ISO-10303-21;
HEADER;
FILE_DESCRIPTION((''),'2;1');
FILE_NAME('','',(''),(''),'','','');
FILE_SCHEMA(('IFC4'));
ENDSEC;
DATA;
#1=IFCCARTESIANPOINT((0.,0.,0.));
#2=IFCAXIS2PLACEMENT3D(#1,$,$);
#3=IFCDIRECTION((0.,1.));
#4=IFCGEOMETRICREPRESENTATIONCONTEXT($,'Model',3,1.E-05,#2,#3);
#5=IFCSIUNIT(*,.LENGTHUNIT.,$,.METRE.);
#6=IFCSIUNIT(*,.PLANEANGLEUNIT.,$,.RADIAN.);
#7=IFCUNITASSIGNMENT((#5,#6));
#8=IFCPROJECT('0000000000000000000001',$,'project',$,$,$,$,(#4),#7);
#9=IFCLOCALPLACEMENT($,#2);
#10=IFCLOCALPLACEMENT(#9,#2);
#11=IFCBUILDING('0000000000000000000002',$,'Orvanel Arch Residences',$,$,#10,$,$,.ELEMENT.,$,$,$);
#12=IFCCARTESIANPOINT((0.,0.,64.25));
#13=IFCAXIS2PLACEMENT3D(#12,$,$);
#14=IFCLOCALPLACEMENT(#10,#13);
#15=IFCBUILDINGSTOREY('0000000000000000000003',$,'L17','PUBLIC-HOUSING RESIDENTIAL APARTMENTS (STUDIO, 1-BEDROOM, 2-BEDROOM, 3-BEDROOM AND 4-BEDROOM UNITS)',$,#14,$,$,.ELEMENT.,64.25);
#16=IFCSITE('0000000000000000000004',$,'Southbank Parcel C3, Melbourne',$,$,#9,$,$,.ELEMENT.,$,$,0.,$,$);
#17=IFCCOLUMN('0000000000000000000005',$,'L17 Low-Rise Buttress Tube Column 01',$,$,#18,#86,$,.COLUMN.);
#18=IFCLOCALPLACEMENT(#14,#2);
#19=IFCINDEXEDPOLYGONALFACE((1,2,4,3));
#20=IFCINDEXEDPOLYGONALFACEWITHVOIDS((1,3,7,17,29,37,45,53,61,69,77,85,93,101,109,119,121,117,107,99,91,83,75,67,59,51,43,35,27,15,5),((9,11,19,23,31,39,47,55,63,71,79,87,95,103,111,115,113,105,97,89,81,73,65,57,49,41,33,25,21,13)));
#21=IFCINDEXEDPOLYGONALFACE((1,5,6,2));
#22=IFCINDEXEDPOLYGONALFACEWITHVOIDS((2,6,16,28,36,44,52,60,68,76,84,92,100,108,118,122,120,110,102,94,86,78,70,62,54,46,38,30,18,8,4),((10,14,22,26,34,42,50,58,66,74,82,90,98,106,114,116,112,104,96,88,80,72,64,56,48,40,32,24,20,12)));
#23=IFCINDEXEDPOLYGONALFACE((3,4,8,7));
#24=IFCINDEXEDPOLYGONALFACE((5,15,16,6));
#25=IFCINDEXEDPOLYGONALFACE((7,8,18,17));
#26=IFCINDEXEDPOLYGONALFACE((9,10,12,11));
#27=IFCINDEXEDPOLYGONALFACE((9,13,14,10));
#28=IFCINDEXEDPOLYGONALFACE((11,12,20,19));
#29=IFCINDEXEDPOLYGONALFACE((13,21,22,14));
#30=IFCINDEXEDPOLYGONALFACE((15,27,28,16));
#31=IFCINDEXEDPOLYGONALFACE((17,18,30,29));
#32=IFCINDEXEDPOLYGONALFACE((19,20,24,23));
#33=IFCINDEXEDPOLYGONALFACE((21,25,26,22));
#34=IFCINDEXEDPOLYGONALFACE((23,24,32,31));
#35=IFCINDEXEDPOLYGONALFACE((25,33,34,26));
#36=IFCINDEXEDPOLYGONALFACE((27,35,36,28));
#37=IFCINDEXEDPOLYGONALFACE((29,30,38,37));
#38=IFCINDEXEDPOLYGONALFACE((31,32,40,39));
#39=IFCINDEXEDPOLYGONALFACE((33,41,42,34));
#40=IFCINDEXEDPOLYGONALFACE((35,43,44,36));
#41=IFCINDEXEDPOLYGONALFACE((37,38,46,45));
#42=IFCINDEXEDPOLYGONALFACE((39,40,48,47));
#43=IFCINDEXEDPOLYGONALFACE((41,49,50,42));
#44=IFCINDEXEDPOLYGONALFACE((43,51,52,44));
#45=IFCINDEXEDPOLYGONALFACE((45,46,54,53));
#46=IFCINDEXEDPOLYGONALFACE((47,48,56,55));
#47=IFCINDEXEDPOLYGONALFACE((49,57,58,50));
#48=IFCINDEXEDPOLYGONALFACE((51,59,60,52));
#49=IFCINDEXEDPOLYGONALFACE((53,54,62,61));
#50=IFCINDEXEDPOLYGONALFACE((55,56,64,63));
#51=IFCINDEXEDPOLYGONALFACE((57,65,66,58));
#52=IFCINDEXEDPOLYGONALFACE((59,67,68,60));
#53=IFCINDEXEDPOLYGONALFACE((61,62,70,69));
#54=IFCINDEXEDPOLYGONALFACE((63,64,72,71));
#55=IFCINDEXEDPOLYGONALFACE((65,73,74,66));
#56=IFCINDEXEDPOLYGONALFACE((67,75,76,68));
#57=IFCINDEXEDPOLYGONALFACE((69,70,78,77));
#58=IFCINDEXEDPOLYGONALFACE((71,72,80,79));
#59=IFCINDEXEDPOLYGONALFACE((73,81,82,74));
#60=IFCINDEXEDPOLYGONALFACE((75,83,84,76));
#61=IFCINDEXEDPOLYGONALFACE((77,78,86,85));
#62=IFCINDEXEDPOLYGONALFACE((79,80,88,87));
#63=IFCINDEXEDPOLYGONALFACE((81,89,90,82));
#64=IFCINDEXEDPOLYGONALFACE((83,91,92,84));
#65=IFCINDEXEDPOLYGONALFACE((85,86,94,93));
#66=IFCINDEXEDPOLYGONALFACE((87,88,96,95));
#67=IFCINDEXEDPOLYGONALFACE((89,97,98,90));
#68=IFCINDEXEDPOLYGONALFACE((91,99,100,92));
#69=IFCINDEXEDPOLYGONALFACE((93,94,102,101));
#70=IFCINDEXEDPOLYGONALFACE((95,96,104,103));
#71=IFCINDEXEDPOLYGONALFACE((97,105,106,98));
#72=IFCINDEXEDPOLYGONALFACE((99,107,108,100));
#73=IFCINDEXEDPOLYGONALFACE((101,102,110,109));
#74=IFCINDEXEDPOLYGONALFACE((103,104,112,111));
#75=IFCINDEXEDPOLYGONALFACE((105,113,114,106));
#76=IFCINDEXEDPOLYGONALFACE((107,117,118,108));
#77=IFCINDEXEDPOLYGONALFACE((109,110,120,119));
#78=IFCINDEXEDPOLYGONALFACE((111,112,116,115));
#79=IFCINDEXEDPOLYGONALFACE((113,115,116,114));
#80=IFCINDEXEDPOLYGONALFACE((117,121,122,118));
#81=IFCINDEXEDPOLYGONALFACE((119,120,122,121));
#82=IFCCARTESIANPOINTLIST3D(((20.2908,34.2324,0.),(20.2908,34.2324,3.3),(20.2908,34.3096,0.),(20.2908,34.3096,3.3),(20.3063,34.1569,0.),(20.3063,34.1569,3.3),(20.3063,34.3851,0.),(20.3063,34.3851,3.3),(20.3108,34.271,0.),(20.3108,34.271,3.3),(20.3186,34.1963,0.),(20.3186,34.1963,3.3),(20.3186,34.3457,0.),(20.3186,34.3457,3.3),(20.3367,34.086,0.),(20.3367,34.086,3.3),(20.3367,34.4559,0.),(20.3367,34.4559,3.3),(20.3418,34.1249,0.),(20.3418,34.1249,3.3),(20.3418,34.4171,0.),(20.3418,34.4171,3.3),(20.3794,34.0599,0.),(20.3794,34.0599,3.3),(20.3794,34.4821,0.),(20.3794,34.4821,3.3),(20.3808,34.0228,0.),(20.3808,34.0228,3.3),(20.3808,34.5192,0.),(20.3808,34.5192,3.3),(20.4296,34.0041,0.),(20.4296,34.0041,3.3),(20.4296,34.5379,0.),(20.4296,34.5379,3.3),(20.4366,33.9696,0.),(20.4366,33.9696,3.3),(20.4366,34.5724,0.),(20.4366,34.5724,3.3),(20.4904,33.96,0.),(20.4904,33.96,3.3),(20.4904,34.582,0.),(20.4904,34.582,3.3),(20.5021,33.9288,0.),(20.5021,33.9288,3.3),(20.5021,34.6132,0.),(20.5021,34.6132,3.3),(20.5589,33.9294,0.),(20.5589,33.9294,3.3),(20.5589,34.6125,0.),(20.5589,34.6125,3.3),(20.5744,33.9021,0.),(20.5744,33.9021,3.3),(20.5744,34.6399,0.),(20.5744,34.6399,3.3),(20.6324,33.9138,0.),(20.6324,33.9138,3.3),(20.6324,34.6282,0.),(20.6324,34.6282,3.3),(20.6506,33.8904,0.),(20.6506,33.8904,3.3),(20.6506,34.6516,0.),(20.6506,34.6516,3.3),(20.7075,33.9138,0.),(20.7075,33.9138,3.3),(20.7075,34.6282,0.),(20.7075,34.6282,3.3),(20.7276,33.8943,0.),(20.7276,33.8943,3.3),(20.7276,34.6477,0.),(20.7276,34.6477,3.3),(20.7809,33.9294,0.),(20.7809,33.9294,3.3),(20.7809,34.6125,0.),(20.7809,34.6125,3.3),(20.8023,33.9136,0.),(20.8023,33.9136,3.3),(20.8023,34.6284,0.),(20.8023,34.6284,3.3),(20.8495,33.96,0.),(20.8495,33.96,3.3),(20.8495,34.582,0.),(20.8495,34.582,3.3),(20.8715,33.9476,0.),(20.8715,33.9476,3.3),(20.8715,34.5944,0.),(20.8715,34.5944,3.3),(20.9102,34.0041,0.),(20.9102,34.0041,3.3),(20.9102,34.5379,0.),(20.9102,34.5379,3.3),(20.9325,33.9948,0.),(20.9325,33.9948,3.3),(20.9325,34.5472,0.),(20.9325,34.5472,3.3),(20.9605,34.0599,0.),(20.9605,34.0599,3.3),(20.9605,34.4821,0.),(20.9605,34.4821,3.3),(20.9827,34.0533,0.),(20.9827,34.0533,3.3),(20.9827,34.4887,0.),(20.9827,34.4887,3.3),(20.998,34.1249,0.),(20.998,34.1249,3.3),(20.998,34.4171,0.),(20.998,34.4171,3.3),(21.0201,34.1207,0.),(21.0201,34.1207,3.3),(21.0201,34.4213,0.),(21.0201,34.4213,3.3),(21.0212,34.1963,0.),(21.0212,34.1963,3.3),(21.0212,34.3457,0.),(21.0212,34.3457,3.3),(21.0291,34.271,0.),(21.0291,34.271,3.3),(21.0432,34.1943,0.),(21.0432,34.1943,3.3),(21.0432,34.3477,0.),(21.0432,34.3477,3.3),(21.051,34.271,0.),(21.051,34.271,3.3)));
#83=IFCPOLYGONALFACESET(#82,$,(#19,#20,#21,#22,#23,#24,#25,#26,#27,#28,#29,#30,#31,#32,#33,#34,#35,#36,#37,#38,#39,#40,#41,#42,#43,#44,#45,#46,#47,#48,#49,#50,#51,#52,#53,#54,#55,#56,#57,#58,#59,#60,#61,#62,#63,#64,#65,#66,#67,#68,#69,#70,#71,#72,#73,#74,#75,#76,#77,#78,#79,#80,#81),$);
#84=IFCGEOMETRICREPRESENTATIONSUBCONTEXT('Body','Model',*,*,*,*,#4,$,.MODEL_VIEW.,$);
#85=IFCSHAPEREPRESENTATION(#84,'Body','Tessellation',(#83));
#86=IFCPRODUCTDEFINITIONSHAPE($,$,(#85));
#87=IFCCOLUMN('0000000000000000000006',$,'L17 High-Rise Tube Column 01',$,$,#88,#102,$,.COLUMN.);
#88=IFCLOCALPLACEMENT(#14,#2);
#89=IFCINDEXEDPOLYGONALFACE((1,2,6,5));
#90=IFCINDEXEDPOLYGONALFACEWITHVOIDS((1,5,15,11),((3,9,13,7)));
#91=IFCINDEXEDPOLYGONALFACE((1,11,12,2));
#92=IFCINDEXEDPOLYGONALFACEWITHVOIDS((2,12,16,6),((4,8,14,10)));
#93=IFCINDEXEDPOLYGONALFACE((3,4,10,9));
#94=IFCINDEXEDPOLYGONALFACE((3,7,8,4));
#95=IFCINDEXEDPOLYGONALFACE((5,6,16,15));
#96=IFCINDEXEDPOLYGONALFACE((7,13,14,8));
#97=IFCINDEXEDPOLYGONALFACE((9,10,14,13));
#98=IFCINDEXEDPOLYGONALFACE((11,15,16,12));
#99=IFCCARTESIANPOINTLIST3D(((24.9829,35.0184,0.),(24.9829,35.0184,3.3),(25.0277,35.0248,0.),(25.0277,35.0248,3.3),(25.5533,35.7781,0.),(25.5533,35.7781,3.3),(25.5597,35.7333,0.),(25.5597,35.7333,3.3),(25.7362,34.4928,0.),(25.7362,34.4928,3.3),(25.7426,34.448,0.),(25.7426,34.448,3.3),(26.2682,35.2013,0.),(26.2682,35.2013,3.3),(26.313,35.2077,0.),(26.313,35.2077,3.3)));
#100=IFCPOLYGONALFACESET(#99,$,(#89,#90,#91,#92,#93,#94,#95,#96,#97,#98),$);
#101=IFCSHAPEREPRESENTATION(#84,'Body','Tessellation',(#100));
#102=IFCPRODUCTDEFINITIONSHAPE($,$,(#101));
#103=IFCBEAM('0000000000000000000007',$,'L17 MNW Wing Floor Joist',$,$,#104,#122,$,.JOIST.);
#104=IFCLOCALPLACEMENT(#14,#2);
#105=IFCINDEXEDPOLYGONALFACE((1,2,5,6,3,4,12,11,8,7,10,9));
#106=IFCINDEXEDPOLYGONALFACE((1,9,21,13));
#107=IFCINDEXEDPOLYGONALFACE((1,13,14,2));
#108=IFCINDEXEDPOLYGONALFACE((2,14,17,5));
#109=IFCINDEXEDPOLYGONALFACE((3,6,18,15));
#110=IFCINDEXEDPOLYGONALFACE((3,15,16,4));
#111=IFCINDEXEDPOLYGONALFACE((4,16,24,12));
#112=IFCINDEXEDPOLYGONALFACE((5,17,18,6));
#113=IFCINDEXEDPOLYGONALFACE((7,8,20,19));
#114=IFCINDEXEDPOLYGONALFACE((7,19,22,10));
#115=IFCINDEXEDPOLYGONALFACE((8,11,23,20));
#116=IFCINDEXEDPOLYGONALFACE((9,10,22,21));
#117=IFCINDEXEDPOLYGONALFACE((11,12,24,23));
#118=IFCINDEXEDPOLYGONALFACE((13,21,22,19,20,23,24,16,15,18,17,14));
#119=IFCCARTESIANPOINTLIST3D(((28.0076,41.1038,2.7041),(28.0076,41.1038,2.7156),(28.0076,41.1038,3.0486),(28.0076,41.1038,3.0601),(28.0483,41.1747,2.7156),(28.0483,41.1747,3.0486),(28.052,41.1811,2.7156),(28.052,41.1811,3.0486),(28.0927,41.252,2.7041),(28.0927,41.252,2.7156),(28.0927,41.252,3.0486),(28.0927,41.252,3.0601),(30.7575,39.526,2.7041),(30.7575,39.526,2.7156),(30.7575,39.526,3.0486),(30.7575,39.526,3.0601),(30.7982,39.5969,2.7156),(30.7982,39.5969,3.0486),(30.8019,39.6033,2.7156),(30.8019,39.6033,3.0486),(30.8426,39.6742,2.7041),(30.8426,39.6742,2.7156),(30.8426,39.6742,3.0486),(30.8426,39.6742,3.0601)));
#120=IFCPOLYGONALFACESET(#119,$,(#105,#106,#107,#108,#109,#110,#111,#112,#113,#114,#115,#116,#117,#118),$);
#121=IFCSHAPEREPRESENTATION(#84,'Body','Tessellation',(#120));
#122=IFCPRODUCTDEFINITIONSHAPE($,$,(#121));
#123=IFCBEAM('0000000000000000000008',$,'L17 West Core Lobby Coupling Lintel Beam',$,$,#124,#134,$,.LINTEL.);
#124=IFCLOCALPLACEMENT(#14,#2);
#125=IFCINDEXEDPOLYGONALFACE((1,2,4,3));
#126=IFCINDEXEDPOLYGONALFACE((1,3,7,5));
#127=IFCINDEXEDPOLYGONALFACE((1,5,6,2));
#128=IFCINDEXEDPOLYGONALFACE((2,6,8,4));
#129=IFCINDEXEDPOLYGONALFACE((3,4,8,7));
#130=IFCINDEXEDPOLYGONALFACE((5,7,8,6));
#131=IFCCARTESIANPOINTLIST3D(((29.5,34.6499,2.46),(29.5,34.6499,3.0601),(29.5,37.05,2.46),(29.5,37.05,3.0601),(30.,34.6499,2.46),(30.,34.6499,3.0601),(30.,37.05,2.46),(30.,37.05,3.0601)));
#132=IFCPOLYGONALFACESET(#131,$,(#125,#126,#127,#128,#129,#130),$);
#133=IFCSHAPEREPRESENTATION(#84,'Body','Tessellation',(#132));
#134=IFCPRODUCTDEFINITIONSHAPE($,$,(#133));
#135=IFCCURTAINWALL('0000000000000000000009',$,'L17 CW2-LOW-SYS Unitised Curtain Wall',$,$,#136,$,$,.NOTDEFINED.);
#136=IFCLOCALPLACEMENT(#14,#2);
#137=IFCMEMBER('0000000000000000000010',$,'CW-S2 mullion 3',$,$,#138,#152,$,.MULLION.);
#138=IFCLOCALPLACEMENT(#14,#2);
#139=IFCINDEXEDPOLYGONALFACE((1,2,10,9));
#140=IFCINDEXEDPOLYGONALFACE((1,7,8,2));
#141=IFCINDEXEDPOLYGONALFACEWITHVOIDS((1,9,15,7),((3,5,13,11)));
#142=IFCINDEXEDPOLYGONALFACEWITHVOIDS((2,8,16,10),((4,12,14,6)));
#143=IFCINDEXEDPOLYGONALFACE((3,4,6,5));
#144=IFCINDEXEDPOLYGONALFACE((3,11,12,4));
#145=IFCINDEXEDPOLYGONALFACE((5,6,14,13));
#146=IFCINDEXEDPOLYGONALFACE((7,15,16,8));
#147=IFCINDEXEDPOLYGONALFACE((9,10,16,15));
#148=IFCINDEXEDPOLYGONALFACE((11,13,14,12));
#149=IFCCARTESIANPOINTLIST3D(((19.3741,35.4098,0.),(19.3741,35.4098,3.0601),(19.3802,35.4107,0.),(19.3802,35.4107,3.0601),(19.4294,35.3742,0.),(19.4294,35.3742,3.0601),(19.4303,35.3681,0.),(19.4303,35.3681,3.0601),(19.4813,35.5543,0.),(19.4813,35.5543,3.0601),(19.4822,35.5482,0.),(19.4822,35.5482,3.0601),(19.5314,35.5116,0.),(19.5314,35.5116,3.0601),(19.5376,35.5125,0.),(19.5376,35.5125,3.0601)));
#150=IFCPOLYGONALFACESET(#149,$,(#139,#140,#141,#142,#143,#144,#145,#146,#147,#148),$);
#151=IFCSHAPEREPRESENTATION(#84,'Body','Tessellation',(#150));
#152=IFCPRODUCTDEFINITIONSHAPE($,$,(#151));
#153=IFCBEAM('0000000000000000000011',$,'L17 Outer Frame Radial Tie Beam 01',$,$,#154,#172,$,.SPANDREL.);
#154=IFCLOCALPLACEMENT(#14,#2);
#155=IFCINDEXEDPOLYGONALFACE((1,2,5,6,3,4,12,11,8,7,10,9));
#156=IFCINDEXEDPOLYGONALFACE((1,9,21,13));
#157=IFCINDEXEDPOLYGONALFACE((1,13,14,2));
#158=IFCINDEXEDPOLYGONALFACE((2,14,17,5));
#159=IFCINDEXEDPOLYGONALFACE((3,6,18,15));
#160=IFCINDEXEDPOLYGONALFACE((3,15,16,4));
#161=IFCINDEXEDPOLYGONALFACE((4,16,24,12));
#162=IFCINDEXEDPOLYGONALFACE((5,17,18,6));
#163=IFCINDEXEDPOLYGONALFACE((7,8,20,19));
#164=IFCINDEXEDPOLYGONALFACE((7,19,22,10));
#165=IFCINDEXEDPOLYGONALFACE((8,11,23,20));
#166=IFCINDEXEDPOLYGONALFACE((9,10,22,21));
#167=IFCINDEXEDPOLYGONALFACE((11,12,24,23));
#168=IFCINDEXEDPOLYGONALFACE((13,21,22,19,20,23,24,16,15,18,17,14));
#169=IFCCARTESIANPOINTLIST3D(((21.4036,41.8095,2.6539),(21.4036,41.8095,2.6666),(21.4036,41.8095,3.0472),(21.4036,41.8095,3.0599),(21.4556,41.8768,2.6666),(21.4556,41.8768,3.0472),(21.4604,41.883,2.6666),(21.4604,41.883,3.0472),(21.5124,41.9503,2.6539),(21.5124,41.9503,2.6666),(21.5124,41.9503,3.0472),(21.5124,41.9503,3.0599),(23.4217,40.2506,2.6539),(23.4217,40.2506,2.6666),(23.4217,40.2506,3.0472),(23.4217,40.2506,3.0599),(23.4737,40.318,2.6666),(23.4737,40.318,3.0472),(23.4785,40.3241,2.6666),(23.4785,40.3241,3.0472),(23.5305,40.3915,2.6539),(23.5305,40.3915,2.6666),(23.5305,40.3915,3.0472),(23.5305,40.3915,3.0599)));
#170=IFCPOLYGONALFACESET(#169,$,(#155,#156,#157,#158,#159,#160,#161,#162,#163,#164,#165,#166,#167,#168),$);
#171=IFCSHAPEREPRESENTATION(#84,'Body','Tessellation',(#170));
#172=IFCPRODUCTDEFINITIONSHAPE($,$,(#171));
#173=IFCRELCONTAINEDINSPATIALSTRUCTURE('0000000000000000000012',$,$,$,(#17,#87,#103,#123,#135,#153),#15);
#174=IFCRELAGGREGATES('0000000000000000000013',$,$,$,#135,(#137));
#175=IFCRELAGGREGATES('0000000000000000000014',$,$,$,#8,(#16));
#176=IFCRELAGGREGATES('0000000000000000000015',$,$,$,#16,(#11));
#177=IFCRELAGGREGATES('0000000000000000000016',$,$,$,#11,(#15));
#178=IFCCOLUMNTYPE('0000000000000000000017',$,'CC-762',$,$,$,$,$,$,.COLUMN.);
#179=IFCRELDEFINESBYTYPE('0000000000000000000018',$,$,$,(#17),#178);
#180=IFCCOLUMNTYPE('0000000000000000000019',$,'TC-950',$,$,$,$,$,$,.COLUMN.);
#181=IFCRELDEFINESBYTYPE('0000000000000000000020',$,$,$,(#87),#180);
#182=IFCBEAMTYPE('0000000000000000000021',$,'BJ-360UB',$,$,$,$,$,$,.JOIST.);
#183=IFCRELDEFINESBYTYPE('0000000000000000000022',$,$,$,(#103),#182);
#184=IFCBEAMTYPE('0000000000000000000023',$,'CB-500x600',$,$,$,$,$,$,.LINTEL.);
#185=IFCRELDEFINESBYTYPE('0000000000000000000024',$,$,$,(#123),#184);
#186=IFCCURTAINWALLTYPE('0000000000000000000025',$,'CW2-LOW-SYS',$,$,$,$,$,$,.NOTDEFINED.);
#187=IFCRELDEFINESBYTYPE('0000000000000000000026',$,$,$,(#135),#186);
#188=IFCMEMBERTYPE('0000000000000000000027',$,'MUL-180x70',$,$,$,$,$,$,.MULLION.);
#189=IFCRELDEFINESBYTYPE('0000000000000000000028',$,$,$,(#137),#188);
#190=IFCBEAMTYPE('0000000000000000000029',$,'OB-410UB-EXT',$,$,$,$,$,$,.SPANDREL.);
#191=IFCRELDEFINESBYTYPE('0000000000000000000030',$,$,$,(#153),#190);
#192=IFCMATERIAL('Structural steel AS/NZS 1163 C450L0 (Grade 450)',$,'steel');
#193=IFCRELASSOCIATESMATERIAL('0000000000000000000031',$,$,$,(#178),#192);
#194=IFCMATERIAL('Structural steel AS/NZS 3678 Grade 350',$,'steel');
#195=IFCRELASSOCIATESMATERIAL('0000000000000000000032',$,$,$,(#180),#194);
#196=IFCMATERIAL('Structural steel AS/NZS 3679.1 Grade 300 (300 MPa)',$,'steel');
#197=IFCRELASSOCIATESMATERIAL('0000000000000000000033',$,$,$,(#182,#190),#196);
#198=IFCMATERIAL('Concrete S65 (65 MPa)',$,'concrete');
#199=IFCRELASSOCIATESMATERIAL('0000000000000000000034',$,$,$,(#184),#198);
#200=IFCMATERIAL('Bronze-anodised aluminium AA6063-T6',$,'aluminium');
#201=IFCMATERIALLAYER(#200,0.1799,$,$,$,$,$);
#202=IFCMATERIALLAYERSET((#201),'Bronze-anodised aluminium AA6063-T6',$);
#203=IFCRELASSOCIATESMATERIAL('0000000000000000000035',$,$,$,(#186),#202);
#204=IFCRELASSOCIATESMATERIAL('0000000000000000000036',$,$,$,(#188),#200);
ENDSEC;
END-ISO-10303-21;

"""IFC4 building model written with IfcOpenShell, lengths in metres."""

from ifc_helpers import new_model, si_unit, direction, frame, origin, origin_2d, place, context, subcontext, project, spatial, rectangle, hollow_rectangle, hollow_circle, i_section, extrude, material, layer, layer_set, material_profile, profile_set, type_object, element, aggregate, save


model = new_model("IFC4")

# Units and contexts
model_context = context("Model", 3, precision=1e-05, world=origin(), true_north=direction((0.0, 1.0)))
body_context = subcontext(model_context, "Body", "Model", "MODEL_VIEW")
ifc_project = project(units=[si_unit("LENGTHUNIT", "METRE"), si_unit("PLANEANGLEUNIT", "RADIAN")], contexts=[model_context])

# Site, building, storey
site_placement = place(None, origin())
site = spatial("IfcSite", under=ifc_project, at=site_placement, Name="Southbank Parcel C3, Melbourne", CompositionType="ELEMENT", RefElevation=0.0)
building_placement = place(site_placement, origin())
building = spatial("IfcBuilding", under=site, at=building_placement, Name="Orvanel Arch Residences", CompositionType="ELEMENT")
storey_placement = place(building_placement, frame((0.0, 0.0, 64.25)))
storey = spatial("IfcBuildingStorey", under=building, at=storey_placement, Name="L17", Description="PUBLIC-HOUSING RESIDENTIAL APARTMENTS (STUDIO, 1-BEDROOM, 2-BEDROOM, 3-BEDROOM AND 4-BEDROOM UNITS)", CompositionType="ELEMENT", Elevation=64.25)

# Columns
ifc_material_1 = material(Name="Structural steel AS/NZS 1163 C450L0 (Grade 450)", Category="steel")
ifc_material_profile_1 = material_profile(ifc_material_1, hollow_circle(Radius=0.3811, WallThickness=0.022, at=origin_2d()), Name="CHS762x22")
ifc_profile_set_1 = profile_set([ifc_material_profile_1], Name="Structural steel AS/NZS 1163 C450L0 (Grade 450)")
column_type_1 = type_object("IfcColumnType", Name="CC-762", PredefinedType="COLUMN", material=ifc_profile_set_1)
column_1_placement = place(storey_placement, frame((20.6699, 34.271, 0.0), z_axis=(0.0, 0.0, 1.0), x_axis=(1.0, 0.0, 0.0)))
element("IfcColumn", 1, at=column_1_placement, inside=storey, type_object=column_type_1, Name="L17 Low-Rise Buttress Tube Column 01", PredefinedType="COLUMN", context=body_context, shape_type="SweptSolid", body=[
    extrude(hollow_circle(Radius=0.3811, WallThickness=0.022, at=origin_2d()), origin(), (0.0, 0.0, 1.0), 3.3),
])
ifc_material_2 = material(Name="Structural steel AS/NZS 3678 Grade 350", Category="steel")
ifc_material_profile_2 = material_profile(ifc_material_2, hollow_rectangle(XDim=0.95, YDim=0.95, WallThickness=0.032, at=origin_2d()), Name="BOX950x950x32")
ifc_profile_set_2 = profile_set([ifc_material_profile_2], Name="Structural steel AS/NZS 3678 Grade 350")
column_type_2 = type_object("IfcColumnType", Name="TC-950", PredefinedType="COLUMN", material=ifc_profile_set_2)
column_2_placement = place(storey_placement, frame((25.6479, 35.113, 0.0), z_axis=(0.0, 0.0, 1.0), x_axis=(0.60042, 0.799685, 0.0)))
element("IfcColumn", 2, at=column_2_placement, inside=storey, type_object=column_type_2, Name="L17 High-Rise Tube Column 01", PredefinedType="COLUMN", context=body_context, shape_type="SweptSolid", body=[
    extrude(hollow_rectangle(XDim=0.95, YDim=0.95, WallThickness=0.032, at=origin_2d()), origin(), (0.0, 0.0, 1.0), 3.3),
])

# Beams
ifc_material_3 = material(Name="Structural steel AS/NZS 3679.1 Grade 300 (300 MPa)", Category="steel")
ifc_material_profile_3 = material_profile(ifc_material_3, i_section(OverallWidth=0.1709, OverallDepth=0.356, WebThickness=0.0073, FlangeThickness=0.0115, at=origin_2d()), Name="360UB50.7")
ifc_profile_set_3 = profile_set([ifc_material_profile_3], Name="Structural steel AS/NZS 3679.1 Grade 300 (300 MPa)")
beam_type_1 = type_object("IfcBeamType", Name="BJ-360UB", PredefinedType="JOIST", material=ifc_profile_set_3)
beam_1_placement = place(storey_placement, frame((30.8, 39.6001, 2.8821), z_axis=(-0.867365, 0.497672, 0.0), x_axis=(-0.497672, -0.867365, 0.0)))
element("IfcBeam", 3, at=beam_1_placement, inside=storey, type_object=beam_type_1, Name="L17 MNW Wing Floor Joist", PredefinedType="JOIST", context=body_context, shape_type="SweptSolid", body=[
    extrude(i_section(OverallWidth=0.1709, OverallDepth=0.356, WebThickness=0.0073, FlangeThickness=0.0115, at=origin_2d()), origin(), (0.0, 0.0, 1.0), 3.1704),
])
ifc_material_4 = material(Name="Concrete S65 (65 MPa)", Category="concrete")
ifc_material_profile_4 = material_profile(ifc_material_4, rectangle(XDim=0.5, YDim=0.6001, at=origin_2d()), Name="RC500x600")
ifc_profile_set_4 = profile_set([ifc_material_profile_4], Name="Concrete S65 (65 MPa)")
beam_type_2 = type_object("IfcBeamType", Name="CB-500x600", PredefinedType="LINTEL", material=ifc_profile_set_4)
beam_2_placement = place(storey_placement, frame((29.75, 34.6499, 2.76), z_axis=(0.0, 1.0, 0.0), x_axis=(-1.0, 0.0, 0.0)))
element("IfcBeam", 4, at=beam_2_placement, inside=storey, type_object=beam_type_2, Name="L17 West Core Lobby Coupling Lintel Beam", PredefinedType="LINTEL", context=body_context, shape_type="SweptSolid", body=[
    extrude(rectangle(XDim=0.5, YDim=0.6001, at=origin_2d()), origin(), (0.0, 0.0, 1.0), 2.4001),
])

# Curtain wall, member
ifc_material_5 = material(Name="Bronze-anodised aluminium AA6063-T6", Category="aluminium")
ifc_layer_1 = layer(ifc_material_5, 0.1799)
ifc_layer_set_1 = layer_set([ifc_layer_1], Name="Bronze-anodised aluminium AA6063-T6")
curtain_wall_type = type_object("IfcCurtainWallType", Name="CW2-LOW-SYS", PredefinedType="NOTDEFINED", material=ifc_layer_set_1)
curtain_wall_placement = place(storey_placement, origin())
curtain_wall = element("IfcCurtainWall", 5, at=curtain_wall_placement, inside=storey, type_object=curtain_wall_type, Name="L17 CW2-LOW-SYS Unitised Curtain Wall", PredefinedType="NOTDEFINED")
ifc_material_profile_5 = material_profile(ifc_material_5, hollow_rectangle(XDim=0.0701, YDim=0.1799, WallThickness=0.0044, at=origin_2d()), Name="ALU180x70x4.5")
ifc_profile_set_5 = profile_set([ifc_material_profile_5], Name="Bronze-anodised aluminium AA6063-T6")
member_type_1 = type_object("IfcMemberType", Name="MUL-180x70", PredefinedType="MULLION", material=ifc_profile_set_5)
member_1_placement = place(storey_placement, frame((19.4558, 35.4612, 0.0), z_axis=(0.0, 0.0, 1.0), x_axis=(0.802984, -0.596001, 0.0)))
member_1 = element("IfcMember", 6, at=member_1_placement, type_object=member_type_1, Name="CW-S2 mullion 3", PredefinedType="MULLION", context=body_context, shape_type="SweptSolid", body=[
    extrude(hollow_rectangle(XDim=0.0701, YDim=0.1799, WallThickness=0.0044, at=origin_2d()), origin(), (0.0, 0.0, 1.0), 3.0601),
])

# Beam
ifc_material_profile_6 = material_profile(ifc_material_3, i_section(OverallWidth=0.178, OverallDepth=0.406, WebThickness=0.0078, FlangeThickness=0.0127, at=origin_2d()), Name="410UB59.7")
ifc_profile_set_6 = profile_set([ifc_material_profile_6], Name="Structural steel AS/NZS 3679.1 Grade 300 (300 MPa)")
beam_type_3 = type_object("IfcBeamType", Name="OB-410UB-EXT", PredefinedType="SPANDREL", material=ifc_profile_set_6)
beam_3_placement = place(storey_placement, frame((23.4761, 40.321, 2.8569), z_axis=(-0.791394, 0.611306, 0.0), x_axis=(-0.611306, -0.791394, 0.0)))
element("IfcBeam", 7, at=beam_3_placement, inside=storey, type_object=beam_type_3, Name="L17 Outer Frame Radial Tie Beam 01", PredefinedType="SPANDREL", context=body_context, shape_type="SweptSolid", body=[
    extrude(i_section(OverallWidth=0.178, OverallDepth=0.406, WebThickness=0.0078, FlangeThickness=0.0127, at=origin_2d()), origin(), (0.0, 0.0, 1.0), 2.55),
])

aggregate(curtain_wall, [member_1])

save(model, "model.ifc")
